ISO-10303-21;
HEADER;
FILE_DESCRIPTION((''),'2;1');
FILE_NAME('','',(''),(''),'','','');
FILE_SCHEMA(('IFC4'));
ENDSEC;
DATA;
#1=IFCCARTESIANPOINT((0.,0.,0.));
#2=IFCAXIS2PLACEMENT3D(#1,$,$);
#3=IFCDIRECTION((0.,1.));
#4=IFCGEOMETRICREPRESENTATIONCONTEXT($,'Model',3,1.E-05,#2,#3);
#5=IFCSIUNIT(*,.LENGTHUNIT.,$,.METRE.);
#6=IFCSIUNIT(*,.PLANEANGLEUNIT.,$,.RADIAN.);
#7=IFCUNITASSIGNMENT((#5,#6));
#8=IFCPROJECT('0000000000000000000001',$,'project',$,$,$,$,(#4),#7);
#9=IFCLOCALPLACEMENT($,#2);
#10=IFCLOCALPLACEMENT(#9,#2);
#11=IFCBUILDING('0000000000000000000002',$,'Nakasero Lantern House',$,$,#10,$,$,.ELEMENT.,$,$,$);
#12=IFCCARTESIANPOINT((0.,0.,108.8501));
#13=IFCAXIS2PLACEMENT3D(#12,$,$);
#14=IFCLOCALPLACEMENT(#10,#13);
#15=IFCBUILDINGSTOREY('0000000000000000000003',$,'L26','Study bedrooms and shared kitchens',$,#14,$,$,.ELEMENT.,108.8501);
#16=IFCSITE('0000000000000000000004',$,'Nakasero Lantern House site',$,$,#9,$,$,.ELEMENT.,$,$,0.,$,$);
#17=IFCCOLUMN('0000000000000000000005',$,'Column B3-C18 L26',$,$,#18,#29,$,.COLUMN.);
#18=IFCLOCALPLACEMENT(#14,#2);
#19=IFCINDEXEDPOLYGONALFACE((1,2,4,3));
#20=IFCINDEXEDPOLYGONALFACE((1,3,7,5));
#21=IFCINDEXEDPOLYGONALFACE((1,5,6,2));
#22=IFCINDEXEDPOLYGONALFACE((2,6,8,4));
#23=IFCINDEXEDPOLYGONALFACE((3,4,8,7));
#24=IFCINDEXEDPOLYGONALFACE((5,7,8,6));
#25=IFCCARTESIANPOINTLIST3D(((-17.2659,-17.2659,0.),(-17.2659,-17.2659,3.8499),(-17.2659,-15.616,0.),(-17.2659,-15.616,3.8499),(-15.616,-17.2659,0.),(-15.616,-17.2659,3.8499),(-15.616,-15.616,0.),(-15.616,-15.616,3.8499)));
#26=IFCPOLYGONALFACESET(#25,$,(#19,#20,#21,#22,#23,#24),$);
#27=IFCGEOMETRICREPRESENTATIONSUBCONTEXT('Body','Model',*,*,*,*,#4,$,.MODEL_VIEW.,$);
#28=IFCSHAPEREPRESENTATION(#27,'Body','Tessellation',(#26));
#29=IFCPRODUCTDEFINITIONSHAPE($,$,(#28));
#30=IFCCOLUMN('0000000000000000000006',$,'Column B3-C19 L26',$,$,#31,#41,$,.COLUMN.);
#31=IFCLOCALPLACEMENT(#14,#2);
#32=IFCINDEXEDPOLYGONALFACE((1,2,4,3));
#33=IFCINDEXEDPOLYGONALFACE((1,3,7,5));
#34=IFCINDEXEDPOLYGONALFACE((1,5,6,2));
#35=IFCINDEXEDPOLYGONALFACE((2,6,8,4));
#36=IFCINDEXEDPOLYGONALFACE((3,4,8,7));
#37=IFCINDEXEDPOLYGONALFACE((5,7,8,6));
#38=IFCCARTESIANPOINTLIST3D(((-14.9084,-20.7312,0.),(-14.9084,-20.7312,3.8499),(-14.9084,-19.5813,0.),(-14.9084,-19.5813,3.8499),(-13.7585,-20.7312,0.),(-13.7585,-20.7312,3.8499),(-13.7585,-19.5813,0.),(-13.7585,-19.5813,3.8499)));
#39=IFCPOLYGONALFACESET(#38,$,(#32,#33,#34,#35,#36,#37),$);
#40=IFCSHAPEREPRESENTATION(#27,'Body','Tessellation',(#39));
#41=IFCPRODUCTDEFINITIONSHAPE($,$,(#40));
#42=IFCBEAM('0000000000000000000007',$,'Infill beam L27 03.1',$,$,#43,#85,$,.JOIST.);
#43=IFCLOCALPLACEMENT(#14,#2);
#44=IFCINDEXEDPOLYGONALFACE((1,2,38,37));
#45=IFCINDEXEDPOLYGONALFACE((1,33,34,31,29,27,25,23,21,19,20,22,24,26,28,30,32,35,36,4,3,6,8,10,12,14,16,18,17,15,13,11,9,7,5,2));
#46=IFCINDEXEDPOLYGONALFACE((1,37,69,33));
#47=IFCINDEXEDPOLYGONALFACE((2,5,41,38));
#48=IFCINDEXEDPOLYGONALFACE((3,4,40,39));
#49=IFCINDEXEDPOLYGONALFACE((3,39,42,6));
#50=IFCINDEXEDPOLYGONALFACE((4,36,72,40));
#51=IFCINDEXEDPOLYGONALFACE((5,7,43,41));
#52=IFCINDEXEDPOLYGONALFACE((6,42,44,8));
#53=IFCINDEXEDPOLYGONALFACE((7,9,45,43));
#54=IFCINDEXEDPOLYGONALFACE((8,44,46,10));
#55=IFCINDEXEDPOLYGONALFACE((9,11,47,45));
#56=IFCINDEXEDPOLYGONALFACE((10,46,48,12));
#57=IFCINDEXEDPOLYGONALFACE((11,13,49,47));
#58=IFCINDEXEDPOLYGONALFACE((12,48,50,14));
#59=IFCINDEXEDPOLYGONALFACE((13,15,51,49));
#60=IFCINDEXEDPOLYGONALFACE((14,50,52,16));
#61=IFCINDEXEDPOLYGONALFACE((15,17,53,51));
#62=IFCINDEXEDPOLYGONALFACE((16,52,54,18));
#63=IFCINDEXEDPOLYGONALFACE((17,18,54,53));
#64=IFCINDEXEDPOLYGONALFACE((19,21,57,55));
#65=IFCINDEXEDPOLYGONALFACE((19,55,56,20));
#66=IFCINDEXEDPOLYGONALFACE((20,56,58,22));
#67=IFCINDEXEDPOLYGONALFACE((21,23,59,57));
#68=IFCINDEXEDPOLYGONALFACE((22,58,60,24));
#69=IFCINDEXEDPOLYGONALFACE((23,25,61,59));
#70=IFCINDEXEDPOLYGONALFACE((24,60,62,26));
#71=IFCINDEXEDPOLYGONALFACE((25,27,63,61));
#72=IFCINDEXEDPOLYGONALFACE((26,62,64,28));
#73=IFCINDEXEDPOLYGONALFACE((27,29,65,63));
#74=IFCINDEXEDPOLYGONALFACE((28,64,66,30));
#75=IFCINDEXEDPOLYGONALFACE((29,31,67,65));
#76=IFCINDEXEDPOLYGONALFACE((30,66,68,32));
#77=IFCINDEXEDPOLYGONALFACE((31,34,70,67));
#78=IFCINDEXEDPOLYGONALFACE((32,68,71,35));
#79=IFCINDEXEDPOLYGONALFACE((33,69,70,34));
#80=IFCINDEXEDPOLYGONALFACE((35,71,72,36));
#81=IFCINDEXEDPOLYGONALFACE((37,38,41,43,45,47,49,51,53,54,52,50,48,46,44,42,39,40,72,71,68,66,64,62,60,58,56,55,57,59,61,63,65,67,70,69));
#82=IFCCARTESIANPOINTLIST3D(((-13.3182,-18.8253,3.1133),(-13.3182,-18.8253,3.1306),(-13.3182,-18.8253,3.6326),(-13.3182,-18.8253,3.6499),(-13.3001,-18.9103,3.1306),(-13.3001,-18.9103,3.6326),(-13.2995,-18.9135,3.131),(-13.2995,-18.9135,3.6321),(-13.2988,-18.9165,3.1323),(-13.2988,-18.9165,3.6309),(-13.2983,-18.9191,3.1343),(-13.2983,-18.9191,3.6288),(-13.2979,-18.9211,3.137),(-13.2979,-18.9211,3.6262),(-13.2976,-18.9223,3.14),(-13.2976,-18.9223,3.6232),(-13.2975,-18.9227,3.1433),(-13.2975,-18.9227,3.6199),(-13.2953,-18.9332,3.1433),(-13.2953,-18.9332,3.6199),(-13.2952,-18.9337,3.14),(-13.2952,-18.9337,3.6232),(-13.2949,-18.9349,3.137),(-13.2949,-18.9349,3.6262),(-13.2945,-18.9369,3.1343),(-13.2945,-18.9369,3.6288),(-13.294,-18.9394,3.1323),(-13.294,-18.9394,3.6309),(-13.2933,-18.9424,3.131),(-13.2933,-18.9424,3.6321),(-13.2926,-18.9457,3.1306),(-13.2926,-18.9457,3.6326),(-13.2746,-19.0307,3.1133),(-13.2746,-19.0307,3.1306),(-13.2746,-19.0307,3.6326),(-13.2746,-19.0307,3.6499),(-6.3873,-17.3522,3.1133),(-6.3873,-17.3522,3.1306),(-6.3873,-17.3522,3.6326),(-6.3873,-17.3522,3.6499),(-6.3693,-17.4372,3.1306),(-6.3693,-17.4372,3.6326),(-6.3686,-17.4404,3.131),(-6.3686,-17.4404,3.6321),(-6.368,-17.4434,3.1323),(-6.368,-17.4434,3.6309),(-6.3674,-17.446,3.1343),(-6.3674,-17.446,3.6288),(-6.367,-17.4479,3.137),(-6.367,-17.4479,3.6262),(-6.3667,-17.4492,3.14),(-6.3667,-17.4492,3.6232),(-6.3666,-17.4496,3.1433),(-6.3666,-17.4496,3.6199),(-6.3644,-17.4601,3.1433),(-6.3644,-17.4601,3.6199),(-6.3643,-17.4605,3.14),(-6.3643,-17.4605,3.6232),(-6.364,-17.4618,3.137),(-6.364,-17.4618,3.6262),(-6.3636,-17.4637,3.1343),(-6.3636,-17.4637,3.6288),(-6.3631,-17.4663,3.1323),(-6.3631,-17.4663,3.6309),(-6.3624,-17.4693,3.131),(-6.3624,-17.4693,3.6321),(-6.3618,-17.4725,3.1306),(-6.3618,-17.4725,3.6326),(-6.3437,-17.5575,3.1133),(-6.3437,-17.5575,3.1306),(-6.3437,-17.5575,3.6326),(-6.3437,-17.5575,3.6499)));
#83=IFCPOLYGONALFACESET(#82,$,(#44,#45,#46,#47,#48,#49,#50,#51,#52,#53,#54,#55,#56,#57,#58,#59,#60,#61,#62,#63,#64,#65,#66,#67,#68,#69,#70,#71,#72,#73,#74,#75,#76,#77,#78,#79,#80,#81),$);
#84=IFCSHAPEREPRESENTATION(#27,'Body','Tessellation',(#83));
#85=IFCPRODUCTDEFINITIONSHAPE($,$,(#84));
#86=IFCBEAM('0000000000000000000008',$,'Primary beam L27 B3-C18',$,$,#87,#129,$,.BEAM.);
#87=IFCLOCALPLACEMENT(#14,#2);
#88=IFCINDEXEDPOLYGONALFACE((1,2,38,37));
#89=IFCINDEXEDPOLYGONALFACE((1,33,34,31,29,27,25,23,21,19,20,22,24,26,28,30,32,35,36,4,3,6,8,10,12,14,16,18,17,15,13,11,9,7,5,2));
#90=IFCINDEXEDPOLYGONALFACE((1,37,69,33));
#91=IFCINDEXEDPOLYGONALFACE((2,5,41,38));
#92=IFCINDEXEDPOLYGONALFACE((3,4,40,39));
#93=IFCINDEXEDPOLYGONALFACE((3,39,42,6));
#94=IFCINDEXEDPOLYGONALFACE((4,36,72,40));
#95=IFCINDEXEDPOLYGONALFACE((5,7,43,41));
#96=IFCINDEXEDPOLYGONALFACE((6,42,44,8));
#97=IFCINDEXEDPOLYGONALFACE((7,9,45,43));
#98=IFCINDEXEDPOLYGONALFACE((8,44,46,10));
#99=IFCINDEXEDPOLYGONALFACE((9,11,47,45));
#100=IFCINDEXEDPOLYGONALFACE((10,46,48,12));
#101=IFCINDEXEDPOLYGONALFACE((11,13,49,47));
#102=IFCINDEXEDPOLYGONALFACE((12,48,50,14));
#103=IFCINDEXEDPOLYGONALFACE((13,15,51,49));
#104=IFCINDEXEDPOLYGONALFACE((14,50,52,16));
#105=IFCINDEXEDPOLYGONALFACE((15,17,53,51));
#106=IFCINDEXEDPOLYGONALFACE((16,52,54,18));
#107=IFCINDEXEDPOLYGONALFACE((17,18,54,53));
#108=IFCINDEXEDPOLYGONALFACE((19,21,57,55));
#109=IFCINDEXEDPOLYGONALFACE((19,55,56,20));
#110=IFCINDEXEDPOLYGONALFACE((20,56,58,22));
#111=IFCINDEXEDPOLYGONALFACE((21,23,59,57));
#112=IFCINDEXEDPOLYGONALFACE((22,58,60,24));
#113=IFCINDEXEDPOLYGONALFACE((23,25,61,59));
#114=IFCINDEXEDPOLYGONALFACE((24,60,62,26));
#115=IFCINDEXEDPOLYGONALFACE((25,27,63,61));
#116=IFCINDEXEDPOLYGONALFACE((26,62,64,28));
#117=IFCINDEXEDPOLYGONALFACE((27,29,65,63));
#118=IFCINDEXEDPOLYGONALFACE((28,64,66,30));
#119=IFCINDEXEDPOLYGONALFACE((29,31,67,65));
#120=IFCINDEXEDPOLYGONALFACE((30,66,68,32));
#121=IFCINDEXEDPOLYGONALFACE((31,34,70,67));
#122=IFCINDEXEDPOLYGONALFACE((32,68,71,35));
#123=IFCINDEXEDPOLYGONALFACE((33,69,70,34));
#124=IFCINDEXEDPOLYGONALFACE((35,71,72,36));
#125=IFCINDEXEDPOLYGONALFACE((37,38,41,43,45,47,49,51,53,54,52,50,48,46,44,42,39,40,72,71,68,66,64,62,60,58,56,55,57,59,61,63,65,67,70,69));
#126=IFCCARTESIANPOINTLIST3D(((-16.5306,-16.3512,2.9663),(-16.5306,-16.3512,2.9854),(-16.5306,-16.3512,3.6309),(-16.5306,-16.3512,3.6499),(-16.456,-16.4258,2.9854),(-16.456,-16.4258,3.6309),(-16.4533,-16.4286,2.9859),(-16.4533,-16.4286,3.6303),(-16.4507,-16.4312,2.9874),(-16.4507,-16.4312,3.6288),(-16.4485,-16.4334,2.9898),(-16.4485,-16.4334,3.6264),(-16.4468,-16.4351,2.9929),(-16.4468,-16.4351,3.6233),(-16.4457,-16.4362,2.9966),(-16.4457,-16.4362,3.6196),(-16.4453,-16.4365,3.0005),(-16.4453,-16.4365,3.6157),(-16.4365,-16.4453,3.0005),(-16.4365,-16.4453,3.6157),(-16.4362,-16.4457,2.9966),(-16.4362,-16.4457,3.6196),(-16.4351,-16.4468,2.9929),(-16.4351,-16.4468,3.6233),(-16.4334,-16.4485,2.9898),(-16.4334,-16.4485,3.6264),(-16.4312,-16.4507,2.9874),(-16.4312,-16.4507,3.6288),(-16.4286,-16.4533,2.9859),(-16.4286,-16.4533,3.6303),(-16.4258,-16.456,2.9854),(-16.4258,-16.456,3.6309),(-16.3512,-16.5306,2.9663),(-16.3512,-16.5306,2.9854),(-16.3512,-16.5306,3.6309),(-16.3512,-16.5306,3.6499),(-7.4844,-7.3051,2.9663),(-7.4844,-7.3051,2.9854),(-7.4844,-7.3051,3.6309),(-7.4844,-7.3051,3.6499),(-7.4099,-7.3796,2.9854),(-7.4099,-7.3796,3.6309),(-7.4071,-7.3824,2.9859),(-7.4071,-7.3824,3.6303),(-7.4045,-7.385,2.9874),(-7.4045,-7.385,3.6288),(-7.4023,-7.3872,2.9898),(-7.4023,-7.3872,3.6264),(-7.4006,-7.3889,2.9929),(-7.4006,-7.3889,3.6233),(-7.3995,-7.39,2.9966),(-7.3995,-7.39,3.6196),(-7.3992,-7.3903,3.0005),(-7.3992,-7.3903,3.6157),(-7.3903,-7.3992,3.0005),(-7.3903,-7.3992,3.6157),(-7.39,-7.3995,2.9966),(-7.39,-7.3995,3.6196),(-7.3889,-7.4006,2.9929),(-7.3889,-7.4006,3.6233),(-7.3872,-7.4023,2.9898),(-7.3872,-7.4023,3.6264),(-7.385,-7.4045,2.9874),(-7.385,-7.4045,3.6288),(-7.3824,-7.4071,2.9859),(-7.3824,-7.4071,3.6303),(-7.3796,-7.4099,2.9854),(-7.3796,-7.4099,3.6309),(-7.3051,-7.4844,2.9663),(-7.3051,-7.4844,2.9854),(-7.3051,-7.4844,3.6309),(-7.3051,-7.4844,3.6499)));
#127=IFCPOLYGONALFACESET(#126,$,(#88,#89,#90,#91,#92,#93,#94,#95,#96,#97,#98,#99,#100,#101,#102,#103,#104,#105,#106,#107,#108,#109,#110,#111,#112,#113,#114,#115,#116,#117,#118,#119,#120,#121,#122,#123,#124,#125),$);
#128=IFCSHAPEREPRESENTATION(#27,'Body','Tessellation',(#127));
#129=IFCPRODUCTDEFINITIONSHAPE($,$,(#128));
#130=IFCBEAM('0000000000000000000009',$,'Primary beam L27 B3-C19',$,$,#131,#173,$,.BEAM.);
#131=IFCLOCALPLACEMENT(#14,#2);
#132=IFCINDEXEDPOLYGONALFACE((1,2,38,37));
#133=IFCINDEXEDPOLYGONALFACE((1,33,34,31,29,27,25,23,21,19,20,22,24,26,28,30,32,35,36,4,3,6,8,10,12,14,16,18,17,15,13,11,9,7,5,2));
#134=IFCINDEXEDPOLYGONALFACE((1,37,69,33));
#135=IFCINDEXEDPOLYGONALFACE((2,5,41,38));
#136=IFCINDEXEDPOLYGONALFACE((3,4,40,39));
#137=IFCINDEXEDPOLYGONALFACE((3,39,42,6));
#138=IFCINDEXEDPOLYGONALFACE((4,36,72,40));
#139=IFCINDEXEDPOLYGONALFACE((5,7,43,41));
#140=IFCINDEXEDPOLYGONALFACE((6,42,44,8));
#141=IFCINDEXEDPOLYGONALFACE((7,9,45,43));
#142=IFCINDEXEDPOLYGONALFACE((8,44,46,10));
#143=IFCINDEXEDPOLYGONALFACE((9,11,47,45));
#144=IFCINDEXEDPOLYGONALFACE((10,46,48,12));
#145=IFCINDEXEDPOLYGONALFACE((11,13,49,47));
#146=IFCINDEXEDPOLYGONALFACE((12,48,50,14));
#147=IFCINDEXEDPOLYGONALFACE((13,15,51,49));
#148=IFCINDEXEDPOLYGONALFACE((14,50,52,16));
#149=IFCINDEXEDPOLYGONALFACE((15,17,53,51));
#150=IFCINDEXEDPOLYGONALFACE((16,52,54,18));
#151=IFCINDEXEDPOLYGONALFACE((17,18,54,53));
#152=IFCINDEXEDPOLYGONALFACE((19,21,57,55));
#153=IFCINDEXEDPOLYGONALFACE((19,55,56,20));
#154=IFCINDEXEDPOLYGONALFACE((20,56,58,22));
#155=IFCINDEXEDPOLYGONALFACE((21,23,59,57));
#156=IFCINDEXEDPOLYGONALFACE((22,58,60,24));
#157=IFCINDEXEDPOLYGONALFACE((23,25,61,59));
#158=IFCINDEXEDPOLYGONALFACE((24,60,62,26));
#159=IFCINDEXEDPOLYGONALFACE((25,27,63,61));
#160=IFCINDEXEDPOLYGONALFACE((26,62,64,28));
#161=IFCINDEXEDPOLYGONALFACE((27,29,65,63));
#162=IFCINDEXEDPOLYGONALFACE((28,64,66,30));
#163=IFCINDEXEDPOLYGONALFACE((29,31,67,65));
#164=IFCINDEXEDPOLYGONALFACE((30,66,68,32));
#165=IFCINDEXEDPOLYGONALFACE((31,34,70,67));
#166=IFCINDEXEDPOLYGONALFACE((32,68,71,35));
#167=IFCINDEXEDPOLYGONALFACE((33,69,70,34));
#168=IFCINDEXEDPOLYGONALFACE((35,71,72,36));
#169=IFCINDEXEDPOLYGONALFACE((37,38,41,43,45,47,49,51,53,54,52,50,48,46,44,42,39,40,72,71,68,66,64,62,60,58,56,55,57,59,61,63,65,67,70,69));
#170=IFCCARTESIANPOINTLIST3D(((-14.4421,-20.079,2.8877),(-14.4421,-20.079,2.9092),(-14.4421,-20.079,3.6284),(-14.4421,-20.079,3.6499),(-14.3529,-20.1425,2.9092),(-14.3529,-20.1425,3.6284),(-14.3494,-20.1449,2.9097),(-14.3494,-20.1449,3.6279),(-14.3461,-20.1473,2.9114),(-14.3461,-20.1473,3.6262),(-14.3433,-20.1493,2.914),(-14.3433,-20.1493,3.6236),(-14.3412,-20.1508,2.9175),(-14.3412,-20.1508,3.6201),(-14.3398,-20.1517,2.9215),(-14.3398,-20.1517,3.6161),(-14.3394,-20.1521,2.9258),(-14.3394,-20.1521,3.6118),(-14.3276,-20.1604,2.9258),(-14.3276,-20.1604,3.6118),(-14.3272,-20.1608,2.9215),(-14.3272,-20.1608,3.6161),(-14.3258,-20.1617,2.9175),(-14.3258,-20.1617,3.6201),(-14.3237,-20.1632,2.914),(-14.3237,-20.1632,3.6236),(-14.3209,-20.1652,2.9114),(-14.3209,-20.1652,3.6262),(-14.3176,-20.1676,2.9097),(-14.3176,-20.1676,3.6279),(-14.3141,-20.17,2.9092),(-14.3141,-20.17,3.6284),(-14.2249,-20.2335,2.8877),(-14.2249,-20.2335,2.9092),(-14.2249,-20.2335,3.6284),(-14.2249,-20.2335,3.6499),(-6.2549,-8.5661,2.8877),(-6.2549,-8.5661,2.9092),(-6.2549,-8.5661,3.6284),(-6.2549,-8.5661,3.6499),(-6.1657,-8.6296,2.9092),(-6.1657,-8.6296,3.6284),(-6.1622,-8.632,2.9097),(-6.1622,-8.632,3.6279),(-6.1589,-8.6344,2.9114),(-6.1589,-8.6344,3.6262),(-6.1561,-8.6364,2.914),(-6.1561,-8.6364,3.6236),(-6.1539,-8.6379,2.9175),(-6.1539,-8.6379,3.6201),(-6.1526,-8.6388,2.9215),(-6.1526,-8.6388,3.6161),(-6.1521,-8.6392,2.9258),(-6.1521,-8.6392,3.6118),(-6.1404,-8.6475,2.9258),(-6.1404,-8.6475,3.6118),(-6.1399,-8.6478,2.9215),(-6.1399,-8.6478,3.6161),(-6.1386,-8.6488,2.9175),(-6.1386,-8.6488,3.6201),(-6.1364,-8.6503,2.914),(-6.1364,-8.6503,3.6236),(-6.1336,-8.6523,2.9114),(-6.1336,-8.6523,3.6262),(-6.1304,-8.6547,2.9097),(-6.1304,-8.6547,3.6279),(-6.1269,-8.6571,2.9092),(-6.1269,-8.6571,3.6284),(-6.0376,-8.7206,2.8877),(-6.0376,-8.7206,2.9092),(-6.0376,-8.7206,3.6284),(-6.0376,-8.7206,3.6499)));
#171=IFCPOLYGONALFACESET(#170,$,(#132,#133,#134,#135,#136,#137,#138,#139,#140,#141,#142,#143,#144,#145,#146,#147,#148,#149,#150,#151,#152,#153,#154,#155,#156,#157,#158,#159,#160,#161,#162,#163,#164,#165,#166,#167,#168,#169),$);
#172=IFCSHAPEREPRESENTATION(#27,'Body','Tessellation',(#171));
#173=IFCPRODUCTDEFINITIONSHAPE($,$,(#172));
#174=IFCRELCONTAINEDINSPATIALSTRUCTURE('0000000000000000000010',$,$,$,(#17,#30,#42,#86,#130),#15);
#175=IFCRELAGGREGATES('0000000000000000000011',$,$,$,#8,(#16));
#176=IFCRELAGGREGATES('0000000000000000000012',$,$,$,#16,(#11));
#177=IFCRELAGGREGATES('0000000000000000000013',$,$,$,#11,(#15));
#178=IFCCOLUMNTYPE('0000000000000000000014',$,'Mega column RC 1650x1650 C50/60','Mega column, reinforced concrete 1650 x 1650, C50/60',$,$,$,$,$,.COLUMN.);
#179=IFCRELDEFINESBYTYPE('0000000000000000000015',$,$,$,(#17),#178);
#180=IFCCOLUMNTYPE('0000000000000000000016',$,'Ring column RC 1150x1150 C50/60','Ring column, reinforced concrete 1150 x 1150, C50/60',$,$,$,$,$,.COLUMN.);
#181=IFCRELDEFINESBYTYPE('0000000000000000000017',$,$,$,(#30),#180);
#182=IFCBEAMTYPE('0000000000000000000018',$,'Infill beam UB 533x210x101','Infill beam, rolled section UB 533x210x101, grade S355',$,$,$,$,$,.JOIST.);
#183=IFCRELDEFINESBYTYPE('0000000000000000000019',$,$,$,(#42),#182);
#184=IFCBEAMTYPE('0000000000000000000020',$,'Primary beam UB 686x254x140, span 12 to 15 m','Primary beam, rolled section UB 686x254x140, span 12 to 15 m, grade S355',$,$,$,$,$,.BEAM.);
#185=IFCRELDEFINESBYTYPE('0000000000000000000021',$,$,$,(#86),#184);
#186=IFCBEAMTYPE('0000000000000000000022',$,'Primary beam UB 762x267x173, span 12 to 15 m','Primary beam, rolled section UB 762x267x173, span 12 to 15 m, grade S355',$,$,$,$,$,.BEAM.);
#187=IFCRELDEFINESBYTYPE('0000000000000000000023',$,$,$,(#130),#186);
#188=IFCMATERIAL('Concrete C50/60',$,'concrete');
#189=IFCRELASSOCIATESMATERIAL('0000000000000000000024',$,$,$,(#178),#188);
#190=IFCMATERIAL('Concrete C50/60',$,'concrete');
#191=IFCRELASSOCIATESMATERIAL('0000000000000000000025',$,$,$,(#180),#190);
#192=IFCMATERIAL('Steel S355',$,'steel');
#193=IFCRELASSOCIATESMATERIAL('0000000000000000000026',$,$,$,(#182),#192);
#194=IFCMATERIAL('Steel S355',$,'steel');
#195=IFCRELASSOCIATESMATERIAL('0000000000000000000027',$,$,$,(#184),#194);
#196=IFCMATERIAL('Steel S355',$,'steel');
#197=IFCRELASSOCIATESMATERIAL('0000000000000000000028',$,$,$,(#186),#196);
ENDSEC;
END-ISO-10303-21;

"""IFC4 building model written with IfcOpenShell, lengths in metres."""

from ifc_helpers import new_model, si_unit, direction, frame, origin, origin_2d, place, context, subcontext, project, spatial, rectangle, i_section, extrude, material, material_profile, profile_set, type_object, element, save


model = new_model("IFC4")

# Units and contexts
model_context = context("Model", 3, precision=1e-05, world=origin(), true_north=direction((0.0, 1.0)))
body_context = subcontext(model_context, "Body", "Model", "MODEL_VIEW")
ifc_project = project(units=[si_unit("LENGTHUNIT", "METRE"), si_unit("PLANEANGLEUNIT", "RADIAN")], contexts=[model_context])

# Site, building, storey
site_placement = place(None, origin())
site = spatial("IfcSite", under=ifc_project, at=site_placement, Name="Nakasero Lantern House site", CompositionType="ELEMENT", RefElevation=0.0)
building_placement = place(site_placement, origin())
building = spatial("IfcBuilding", under=site, at=building_placement, Name="Nakasero Lantern House", CompositionType="ELEMENT")
storey_placement = place(building_placement, frame((0.0, 0.0, 108.8501)))
storey = spatial("IfcBuildingStorey", under=building, at=storey_placement, Name="L26", Description="Study bedrooms and shared kitchens", CompositionType="ELEMENT", Elevation=108.8501)

# Columns
ifc_material_1 = material(Name="Concrete C50/60", Category="concrete")
ifc_material_profile_1 = material_profile(ifc_material_1, rectangle(XDim=1.6499, YDim=1.6499, at=origin_2d()), Name="RC 1650x1650")
ifc_profile_set_1 = profile_set([ifc_material_profile_1], Name="Concrete C50/60")
column_type_1 = type_object("IfcColumnType", Name="Mega column RC 1650x1650 C50/60", Description="Mega column, reinforced concrete 1650 x 1650, C50/60", PredefinedType="COLUMN", material=ifc_profile_set_1)
column_1_placement = place(storey_placement, frame((-16.4409, -16.4409, 0.0), z_axis=(0.0, 0.0, 1.0), x_axis=(1.0, 0.0, 0.0)))
element("IfcColumn", 1, at=column_1_placement, inside=storey, type_object=column_type_1, Name="Column B3-C18 L26", PredefinedType="COLUMN", context=body_context, shape_type="SweptSolid", body=[
    extrude(rectangle(XDim=1.6499, YDim=1.6499, at=origin_2d()), origin(), (0.0, 0.0, 1.0), 3.8499),
])
ifc_material_2 = material(Name="Concrete C50/60", Category="concrete")
ifc_material_profile_2 = material_profile(ifc_material_2, rectangle(XDim=1.1499, YDim=1.1499, at=origin_2d()), Name="RC 1150x1150")
ifc_profile_set_2 = profile_set([ifc_material_profile_2], Name="Concrete C50/60")
column_type_2 = type_object("IfcColumnType", Name="Ring column RC 1150x1150 C50/60", Description="Ring column, reinforced concrete 1150 x 1150, C50/60", PredefinedType="COLUMN", material=ifc_profile_set_2)
column_2_placement = place(storey_placement, frame((-14.3335, -20.1562, 0.0), z_axis=(0.0, 0.0, 1.0), x_axis=(1.0, 0.0, 0.0)))
element("IfcColumn", 2, at=column_2_placement, inside=storey, type_object=column_type_2, Name="Column B3-C19 L26", PredefinedType="COLUMN", context=body_context, shape_type="SweptSolid", body=[
    extrude(rectangle(XDim=1.1499, YDim=1.1499, at=origin_2d()), origin(), (0.0, 0.0, 1.0), 3.8499),
])

# Beams
ifc_material_3 = material(Name="Steel S355", Category="steel")
ifc_material_profile_3 = material_profile(ifc_material_3, i_section(OverallWidth=0.21, OverallDepth=0.5366, WebThickness=0.0107, FlangeThickness=0.0173, FilletRadius=0.0127, at=origin_2d()), Name="UB 533x210x101")
ifc_profile_set_3 = profile_set([ifc_material_profile_3], Name="Steel S355")
beam_type_1 = type_object("IfcBeamType", Name="Infill beam UB 533x210x101", Description="Infill beam, rolled section UB 533x210x101, grade S355", PredefinedType="JOIST", material=ifc_profile_set_3)
beam_1_placement = place(storey_placement, frame((-13.2964, -18.928, 3.3816), z_axis=(0.978149, 0.207903, 0.0), x_axis=(-0.207903, 0.978149, 0.0)))
element("IfcBeam", 3, at=beam_1_placement, inside=storey, type_object=beam_type_1, Name="Infill beam L27 03.1", PredefinedType="JOIST", context=body_context, shape_type="SweptSolid", body=[
    extrude(i_section(OverallWidth=0.21, OverallDepth=0.5366, WebThickness=0.0107, FlangeThickness=0.0173, FilletRadius=0.0127, at=origin_2d()), origin(), (0.0, 0.0, 1.0), 7.0857),
])
ifc_material_4 = material(Name="Steel S355", Category="steel")
ifc_material_profile_4 = material_profile(ifc_material_4, i_section(OverallWidth=0.2537, OverallDepth=0.6836, WebThickness=0.0125, FlangeThickness=0.019, FilletRadius=0.0151, at=origin_2d()), Name="UB 686x254x140")
ifc_profile_set_4 = profile_set([ifc_material_profile_4], Name="Steel S355")
beam_type_2 = type_object("IfcBeamType", Name="Primary beam UB 686x254x140, span 12 to 15 m", Description="Primary beam, rolled section UB 686x254x140, span 12 to 15 m, grade S355", PredefinedType="BEAM", material=ifc_profile_set_4)
beam_2_placement = place(storey_placement, frame((-16.4409, -16.4409, 3.3081), z_axis=(0.707107, 0.707107, 0.0), x_axis=(-0.707107, 0.707107, 0.0)))
element("IfcBeam", 4, at=beam_2_placement, inside=storey, type_object=beam_type_2, Name="Primary beam L27 B3-C18", PredefinedType="BEAM", context=body_context, shape_type="SweptSolid", body=[
    extrude(i_section(OverallWidth=0.2537, OverallDepth=0.6836, WebThickness=0.0125, FlangeThickness=0.019, FilletRadius=0.0151, at=origin_2d()), origin(), (0.0, 0.0, 1.0), 12.7932),
])
ifc_material_5 = material(Name="Steel S355", Category="steel")
ifc_material_profile_5 = material_profile(ifc_material_5, i_section(OverallWidth=0.2666, OverallDepth=0.7622, WebThickness=0.0144, FlangeThickness=0.0215, FilletRadius=0.0166, at=origin_2d()), Name="UB 762x267x173")
ifc_profile_set_5 = profile_set([ifc_material_profile_5], Name="Steel S355")
beam_type_3 = type_object("IfcBeamType", Name="Primary beam UB 762x267x173, span 12 to 15 m", Description="Primary beam, rolled section UB 762x267x173, span 12 to 15 m, grade S355", PredefinedType="BEAM", material=ifc_profile_set_5)
beam_3_placement = place(storey_placement, frame((-14.3335, -20.1562, 3.2688), z_axis=(0.579537, 0.814946, 0.0), x_axis=(-0.814946, 0.579537, 0.0)))
element("IfcBeam", 5, at=beam_3_placement, inside=storey, type_object=beam_type_3, Name="Primary beam L27 B3-C19", PredefinedType="BEAM", context=body_context, shape_type="SweptSolid", body=[
    extrude(i_section(OverallWidth=0.2666, OverallDepth=0.7622, WebThickness=0.0144, FlangeThickness=0.0215, FilletRadius=0.0166, at=origin_2d()), origin(), (0.0, 0.0, 1.0), 14.1272),
])

save(model, "model.ifc")
